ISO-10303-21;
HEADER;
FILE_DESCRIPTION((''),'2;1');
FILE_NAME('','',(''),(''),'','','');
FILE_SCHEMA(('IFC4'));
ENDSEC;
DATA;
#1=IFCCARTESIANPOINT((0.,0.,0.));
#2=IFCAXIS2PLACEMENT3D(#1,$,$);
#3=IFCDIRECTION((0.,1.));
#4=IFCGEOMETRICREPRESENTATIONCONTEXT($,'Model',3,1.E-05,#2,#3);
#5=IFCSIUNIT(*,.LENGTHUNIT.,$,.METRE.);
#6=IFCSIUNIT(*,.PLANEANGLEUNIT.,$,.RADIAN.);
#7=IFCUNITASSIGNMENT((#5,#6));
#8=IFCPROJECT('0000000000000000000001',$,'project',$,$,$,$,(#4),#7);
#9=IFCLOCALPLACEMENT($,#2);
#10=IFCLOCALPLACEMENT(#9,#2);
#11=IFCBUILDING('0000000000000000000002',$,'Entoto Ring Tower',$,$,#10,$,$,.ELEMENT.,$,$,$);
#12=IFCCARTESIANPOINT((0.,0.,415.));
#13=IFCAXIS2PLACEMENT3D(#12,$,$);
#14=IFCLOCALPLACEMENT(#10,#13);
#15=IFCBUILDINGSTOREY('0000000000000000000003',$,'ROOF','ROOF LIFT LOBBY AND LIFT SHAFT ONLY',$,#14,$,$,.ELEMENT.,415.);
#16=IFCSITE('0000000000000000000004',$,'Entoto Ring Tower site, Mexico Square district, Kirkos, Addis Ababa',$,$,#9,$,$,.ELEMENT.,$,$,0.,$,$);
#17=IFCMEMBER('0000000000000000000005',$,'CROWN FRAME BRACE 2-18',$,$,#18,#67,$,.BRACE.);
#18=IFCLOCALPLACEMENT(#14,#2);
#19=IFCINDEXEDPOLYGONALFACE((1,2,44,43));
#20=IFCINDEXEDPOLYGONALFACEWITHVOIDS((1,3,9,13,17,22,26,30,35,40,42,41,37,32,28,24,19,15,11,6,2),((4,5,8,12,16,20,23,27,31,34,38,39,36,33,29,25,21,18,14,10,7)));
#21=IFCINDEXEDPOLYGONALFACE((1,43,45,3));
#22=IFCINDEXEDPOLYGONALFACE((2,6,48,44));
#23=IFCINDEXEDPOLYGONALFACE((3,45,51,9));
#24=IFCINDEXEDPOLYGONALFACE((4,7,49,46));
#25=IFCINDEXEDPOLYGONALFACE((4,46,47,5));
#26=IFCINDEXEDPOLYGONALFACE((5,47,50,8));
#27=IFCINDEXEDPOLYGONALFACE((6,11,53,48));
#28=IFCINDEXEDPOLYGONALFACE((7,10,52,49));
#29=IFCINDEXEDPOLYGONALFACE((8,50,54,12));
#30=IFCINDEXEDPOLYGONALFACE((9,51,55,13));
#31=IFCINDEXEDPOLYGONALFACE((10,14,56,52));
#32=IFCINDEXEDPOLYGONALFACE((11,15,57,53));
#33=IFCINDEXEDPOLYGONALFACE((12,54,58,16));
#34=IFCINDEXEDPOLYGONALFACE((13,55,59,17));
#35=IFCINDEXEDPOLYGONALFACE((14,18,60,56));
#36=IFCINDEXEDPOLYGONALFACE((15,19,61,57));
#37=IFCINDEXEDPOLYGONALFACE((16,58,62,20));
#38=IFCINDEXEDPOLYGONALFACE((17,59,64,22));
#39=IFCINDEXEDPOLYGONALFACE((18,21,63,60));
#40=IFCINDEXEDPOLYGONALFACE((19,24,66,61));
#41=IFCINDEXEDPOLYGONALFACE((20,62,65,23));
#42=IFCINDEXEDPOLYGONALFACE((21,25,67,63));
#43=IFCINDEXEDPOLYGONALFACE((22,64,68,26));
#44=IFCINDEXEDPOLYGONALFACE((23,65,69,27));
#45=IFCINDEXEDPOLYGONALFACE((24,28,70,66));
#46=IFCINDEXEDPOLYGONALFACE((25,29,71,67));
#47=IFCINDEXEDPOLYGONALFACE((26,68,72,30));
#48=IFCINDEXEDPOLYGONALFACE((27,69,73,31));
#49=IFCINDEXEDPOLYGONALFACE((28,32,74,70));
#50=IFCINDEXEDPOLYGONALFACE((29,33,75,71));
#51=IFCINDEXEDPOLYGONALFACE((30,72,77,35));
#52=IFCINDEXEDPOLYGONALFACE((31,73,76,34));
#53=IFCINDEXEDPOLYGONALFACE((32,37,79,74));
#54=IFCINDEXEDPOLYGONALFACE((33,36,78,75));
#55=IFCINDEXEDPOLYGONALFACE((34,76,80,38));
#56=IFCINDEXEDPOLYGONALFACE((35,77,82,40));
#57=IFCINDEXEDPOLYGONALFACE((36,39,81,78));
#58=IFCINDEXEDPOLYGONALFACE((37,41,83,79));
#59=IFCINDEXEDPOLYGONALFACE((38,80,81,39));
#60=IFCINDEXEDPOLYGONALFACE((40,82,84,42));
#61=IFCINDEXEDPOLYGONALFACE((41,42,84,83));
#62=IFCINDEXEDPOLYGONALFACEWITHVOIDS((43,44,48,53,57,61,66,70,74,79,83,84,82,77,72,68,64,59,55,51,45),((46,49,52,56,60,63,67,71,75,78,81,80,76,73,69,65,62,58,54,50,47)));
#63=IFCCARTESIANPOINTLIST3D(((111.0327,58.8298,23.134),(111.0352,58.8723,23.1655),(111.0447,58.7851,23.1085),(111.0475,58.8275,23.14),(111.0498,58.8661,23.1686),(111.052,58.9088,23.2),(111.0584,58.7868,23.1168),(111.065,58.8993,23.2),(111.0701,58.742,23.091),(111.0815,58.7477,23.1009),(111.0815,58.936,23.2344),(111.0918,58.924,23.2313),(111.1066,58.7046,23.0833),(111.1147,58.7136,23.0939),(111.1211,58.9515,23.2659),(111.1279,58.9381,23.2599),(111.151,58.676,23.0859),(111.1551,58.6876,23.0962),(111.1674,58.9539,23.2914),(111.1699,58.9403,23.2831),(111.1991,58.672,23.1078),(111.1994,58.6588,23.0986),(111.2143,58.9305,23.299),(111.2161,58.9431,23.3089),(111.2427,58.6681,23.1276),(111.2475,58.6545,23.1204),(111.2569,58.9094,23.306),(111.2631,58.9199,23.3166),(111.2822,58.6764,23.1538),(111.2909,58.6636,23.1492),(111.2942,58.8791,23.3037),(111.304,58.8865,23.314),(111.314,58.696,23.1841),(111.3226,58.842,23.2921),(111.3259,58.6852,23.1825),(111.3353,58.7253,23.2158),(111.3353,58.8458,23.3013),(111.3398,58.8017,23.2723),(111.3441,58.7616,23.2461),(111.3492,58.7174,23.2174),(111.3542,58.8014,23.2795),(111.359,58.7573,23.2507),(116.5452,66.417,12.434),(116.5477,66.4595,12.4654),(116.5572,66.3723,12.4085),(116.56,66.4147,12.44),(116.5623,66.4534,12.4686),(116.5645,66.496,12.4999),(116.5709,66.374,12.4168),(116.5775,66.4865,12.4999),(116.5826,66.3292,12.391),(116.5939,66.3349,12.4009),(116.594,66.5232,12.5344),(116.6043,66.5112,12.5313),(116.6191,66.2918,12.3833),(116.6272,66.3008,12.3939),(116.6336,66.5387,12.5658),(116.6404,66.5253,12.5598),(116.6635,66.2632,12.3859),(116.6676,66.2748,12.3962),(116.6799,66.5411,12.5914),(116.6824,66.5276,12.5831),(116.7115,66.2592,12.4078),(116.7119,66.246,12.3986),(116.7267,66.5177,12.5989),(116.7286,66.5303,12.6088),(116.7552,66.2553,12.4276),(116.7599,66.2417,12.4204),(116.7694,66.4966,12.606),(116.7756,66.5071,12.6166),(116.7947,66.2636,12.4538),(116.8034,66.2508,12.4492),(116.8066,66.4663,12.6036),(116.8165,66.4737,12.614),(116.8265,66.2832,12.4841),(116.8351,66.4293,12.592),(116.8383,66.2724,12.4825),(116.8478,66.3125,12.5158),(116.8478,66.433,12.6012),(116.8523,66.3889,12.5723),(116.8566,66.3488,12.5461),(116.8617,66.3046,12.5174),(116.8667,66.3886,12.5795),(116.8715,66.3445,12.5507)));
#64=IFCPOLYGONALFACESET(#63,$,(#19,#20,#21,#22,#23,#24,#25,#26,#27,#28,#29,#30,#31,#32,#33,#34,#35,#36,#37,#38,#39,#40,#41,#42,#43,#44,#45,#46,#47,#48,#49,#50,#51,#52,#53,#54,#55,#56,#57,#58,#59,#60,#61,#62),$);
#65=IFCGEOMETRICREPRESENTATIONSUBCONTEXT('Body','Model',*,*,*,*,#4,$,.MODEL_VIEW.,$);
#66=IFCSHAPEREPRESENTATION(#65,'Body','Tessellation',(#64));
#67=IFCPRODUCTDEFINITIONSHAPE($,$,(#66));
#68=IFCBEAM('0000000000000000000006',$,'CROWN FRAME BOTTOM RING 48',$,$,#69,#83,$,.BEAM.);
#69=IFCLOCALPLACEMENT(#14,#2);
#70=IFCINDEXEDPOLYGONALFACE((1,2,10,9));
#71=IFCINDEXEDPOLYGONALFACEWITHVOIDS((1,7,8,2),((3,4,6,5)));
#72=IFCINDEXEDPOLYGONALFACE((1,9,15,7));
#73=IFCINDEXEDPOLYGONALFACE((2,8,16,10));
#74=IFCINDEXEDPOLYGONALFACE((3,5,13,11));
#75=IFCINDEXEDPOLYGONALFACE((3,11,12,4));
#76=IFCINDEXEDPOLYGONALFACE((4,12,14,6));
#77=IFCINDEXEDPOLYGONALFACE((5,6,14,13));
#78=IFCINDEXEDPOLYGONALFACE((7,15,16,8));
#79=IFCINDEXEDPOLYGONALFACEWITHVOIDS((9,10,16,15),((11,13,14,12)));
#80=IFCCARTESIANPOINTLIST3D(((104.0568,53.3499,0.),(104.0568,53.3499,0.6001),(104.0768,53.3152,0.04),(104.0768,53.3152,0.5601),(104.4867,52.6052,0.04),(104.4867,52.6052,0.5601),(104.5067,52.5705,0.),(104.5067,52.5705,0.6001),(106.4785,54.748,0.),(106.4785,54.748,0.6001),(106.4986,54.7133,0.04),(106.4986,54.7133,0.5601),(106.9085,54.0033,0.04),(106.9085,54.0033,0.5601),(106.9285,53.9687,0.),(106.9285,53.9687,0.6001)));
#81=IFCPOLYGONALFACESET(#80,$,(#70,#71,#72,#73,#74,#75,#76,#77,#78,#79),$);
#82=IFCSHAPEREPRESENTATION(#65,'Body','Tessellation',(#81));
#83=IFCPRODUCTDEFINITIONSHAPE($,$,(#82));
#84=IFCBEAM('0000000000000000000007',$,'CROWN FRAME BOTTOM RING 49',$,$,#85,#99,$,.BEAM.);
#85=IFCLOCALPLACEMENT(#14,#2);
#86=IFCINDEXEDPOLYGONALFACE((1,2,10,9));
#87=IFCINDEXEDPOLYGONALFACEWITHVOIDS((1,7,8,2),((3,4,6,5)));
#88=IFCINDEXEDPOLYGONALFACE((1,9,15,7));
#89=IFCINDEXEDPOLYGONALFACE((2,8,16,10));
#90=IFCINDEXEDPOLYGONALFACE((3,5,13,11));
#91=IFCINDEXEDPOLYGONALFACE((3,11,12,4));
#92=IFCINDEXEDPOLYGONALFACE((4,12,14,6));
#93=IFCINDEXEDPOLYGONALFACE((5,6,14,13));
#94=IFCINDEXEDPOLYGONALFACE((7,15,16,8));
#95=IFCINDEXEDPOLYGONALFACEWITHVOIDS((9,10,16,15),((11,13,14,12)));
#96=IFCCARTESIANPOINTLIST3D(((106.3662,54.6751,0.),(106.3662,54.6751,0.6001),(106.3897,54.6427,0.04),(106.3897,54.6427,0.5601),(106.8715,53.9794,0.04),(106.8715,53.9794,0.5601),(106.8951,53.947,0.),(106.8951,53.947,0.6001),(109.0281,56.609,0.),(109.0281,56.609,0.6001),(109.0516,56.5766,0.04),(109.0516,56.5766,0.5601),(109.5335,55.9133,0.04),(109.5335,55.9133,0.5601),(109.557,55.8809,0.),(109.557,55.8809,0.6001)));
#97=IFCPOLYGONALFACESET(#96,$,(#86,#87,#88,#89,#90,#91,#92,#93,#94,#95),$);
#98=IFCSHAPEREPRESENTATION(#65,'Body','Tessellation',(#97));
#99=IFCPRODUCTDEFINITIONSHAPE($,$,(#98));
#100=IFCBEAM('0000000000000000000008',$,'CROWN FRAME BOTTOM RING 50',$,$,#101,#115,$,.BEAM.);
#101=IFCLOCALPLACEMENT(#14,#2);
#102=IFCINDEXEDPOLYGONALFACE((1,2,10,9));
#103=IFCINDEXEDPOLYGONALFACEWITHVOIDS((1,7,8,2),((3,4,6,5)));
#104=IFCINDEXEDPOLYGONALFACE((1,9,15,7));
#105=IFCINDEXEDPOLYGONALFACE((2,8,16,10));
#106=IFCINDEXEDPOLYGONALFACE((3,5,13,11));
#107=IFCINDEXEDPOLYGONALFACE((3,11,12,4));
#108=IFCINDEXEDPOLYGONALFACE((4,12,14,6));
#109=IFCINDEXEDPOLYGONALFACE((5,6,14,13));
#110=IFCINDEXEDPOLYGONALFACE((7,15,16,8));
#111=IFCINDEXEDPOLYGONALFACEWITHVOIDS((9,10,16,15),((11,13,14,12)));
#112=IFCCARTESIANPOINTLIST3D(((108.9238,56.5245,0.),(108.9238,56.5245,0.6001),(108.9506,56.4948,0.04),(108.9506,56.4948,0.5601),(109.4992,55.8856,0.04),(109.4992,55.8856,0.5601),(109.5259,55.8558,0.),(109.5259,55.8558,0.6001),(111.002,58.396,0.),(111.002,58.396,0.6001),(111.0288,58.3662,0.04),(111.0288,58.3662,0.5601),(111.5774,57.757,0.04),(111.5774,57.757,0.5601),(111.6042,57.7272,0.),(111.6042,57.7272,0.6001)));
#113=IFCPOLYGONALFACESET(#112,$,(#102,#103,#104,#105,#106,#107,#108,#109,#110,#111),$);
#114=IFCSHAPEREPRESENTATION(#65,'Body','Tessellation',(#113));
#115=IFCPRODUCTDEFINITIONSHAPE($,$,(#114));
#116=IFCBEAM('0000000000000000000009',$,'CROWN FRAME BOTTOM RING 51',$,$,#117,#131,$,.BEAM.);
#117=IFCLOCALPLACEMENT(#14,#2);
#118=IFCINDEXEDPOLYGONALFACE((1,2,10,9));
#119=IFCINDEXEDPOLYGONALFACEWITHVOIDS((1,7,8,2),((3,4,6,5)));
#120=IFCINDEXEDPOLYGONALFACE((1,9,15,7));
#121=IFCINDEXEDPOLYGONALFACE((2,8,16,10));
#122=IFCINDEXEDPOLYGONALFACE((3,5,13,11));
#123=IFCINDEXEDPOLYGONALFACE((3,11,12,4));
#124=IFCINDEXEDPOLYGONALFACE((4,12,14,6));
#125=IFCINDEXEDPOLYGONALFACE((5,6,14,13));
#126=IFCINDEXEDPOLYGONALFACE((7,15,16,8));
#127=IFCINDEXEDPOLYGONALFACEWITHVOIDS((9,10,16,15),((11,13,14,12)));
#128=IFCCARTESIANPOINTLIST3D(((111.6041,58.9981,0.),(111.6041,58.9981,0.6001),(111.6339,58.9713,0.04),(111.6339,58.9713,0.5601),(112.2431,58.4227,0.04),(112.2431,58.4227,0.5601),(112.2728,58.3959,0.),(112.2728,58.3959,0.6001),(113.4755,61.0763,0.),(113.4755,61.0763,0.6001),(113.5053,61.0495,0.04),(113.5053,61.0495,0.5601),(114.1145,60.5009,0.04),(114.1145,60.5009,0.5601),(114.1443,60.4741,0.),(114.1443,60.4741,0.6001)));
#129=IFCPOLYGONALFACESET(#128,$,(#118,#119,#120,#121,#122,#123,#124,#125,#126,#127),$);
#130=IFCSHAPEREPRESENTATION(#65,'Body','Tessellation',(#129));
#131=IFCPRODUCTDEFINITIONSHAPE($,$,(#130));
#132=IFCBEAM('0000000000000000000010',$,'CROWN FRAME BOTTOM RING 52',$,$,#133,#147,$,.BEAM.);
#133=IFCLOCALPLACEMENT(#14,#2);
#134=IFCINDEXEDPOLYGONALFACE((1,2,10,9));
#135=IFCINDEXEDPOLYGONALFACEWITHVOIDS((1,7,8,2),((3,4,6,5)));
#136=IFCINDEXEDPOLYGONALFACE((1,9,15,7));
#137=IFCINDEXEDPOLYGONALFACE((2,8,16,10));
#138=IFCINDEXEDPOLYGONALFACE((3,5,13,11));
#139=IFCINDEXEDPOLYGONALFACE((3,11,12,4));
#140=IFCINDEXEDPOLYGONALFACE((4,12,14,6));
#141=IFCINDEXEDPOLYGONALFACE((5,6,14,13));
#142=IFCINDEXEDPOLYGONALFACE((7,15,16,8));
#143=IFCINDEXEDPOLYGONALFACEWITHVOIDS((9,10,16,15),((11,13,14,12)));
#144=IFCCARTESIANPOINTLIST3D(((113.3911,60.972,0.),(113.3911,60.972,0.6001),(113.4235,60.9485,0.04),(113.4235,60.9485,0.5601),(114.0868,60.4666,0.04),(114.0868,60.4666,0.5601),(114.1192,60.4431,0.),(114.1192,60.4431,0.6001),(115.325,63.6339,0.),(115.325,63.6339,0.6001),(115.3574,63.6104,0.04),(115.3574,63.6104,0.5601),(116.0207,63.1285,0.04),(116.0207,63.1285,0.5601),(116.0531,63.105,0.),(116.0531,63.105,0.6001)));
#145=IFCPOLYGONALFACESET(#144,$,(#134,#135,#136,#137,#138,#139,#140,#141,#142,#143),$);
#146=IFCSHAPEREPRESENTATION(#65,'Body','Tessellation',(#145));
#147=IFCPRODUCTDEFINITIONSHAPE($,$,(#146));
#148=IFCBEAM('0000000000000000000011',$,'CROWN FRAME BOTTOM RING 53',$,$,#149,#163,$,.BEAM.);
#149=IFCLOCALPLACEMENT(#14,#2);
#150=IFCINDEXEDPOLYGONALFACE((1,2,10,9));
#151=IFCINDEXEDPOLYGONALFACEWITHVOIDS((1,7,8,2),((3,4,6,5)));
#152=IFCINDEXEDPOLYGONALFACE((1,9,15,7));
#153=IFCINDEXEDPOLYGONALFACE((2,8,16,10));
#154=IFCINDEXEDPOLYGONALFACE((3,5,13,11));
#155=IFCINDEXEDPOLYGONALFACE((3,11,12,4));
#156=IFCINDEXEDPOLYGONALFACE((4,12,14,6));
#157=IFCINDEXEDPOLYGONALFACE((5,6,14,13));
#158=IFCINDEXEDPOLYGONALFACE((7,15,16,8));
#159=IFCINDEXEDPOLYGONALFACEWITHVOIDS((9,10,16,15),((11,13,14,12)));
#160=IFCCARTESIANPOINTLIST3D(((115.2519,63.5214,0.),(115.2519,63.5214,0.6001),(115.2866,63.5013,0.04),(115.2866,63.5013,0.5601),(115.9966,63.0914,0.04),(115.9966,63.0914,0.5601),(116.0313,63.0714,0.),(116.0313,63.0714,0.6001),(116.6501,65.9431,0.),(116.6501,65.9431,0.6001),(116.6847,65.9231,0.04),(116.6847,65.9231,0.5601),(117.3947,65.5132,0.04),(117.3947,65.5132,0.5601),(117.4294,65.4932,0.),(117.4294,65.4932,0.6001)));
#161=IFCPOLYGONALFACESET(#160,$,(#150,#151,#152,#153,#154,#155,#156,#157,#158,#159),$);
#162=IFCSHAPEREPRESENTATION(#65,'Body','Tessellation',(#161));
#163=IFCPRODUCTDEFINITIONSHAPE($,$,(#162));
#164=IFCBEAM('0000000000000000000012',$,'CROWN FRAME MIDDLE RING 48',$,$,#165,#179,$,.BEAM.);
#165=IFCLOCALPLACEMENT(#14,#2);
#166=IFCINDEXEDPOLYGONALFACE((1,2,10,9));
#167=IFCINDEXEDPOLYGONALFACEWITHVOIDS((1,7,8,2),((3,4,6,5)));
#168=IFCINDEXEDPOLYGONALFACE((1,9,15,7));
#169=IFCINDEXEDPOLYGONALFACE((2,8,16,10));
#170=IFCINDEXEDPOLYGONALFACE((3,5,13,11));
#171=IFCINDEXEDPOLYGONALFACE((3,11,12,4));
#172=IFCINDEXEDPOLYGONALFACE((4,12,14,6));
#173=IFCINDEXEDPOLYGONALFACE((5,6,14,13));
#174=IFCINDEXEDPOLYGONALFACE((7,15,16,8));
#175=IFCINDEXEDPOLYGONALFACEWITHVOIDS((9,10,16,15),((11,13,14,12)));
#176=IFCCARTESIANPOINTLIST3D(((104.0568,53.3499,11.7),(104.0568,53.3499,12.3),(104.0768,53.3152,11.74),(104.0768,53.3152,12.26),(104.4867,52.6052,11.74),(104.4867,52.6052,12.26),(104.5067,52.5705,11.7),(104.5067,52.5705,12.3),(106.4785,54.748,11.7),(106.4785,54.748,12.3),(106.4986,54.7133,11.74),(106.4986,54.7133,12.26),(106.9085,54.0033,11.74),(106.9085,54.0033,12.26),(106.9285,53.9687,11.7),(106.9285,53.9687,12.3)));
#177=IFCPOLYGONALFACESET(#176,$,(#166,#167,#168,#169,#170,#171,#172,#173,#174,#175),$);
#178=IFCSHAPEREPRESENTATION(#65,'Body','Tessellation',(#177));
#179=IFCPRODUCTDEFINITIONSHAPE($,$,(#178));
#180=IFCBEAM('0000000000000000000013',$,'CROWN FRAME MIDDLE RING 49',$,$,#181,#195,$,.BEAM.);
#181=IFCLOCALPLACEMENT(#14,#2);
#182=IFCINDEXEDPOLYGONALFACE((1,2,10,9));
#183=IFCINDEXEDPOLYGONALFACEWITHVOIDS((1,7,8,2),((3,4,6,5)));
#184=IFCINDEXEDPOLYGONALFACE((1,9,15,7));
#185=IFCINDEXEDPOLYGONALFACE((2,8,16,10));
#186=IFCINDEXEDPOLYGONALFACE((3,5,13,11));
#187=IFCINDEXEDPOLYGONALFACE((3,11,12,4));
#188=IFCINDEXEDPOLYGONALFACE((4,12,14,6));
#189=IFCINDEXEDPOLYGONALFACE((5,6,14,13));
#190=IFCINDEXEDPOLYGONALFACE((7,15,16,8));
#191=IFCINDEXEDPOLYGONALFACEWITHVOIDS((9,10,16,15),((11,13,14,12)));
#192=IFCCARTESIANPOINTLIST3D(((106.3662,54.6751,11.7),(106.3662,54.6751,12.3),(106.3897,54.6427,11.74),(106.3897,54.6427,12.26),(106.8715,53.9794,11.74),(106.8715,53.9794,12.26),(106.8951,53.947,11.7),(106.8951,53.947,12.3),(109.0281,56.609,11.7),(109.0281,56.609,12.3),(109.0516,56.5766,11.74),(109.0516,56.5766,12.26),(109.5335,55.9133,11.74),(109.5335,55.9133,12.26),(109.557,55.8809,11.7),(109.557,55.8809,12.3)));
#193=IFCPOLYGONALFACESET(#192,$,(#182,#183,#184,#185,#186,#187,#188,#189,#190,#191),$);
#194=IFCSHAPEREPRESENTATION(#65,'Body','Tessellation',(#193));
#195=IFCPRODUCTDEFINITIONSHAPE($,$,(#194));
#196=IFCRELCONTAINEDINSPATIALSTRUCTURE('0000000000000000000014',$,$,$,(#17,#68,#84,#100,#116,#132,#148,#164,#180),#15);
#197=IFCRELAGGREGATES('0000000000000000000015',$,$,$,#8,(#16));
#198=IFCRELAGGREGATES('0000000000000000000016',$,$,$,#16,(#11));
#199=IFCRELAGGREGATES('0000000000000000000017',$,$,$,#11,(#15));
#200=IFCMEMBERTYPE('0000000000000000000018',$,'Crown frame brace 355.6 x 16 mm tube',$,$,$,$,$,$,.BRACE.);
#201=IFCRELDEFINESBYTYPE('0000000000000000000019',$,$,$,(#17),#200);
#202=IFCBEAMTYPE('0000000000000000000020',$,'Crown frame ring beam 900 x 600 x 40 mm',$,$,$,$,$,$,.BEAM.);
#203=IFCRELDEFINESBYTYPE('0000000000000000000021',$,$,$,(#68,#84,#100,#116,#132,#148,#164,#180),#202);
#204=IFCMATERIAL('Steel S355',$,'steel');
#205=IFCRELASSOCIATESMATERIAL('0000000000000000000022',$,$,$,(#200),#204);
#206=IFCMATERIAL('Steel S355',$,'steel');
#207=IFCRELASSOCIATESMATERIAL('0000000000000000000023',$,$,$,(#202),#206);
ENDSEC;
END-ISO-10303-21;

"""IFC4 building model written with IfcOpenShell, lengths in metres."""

from ifc_helpers import new_model, si_unit, direction, frame, origin, origin_2d, place, context, subcontext, project, spatial, hollow_rectangle, hollow_circle, extrude, material, material_profile, profile_set, type_object, element, save


model = new_model("IFC4")

# Units and contexts
model_context = context("Model", 3, precision=1e-05, world=origin(), true_north=direction((0.0, 1.0)))
body_context = subcontext(model_context, "Body", "Model", "MODEL_VIEW")
ifc_project = project(units=[si_unit("LENGTHUNIT", "METRE"), si_unit("PLANEANGLEUNIT", "RADIAN")], contexts=[model_context])

# Site, building, storey
site_placement = place(None, origin())
site = spatial("IfcSite", under=ifc_project, at=site_placement, Name="Entoto Ring Tower site, Mexico Square district, Kirkos, Addis Ababa", CompositionType="ELEMENT", RefElevation=0.0)
building_placement = place(site_placement, origin())
building = spatial("IfcBuilding", under=site, at=building_placement, Name="Entoto Ring Tower", CompositionType="ELEMENT")
storey_placement = place(building_placement, frame((0.0, 0.0, 415.0)))
storey = spatial("IfcBuildingStorey", under=building, at=storey_placement, Name="ROOF", Description="ROOF LIFT LOBBY AND LIFT SHAFT ONLY", CompositionType="ELEMENT", Elevation=415.0)

# Member
ifc_material_1 = material(Name="Steel S355", Category="steel")
ifc_material_profile_1 = material_profile(ifc_material_1, hollow_circle(Radius=0.1775, WallThickness=0.0161, at=origin_2d()), Name="Crown frame brace 355.6 x 16 mm tube")
ifc_profile_set_1 = profile_set([ifc_material_profile_1], Name="Steel S355")
member_type_1 = type_object("IfcMemberType", Name="Crown frame brace 355.6 x 16 mm tube", PredefinedType="BRACE", material=ifc_profile_set_1)
for number, where, z_axis, x_axis, name in (
    (1, (111.1956, 58.8044, 23.2), (0.387432, 0.533249, -0.752025), (-0.809014, 0.587789, 0.0), "CROWN FRAME BRACE 2-18"),
):
    element("IfcMember", number, at=place(storey_placement, frame(where, z_axis=z_axis, x_axis=x_axis)), inside=storey, type_object=member_type_1, Name=name, PredefinedType="BRACE", context=body_context, shape_type="SweptSolid", body=[
        extrude(hollow_circle(Radius=0.1775, WallThickness=0.0161, at=origin_2d()), origin(), (0.0, 0.0, 1.0), 14.2283),
    ])

# Beams
ifc_material_2 = material(Name="Steel S355", Category="steel")
ifc_material_profile_2 = material_profile(ifc_material_2, hollow_rectangle(XDim=0.8999, YDim=0.6001, WallThickness=0.04, at=origin_2d()), Name="Crown frame ring beam 900 x 600 x 40 mm")
ifc_profile_set_2 = profile_set([ifc_material_profile_2], Name="Steel S355")
beam_type_1 = type_object("IfcBeamType", Name="Crown frame ring beam 900 x 600 x 40 mm", PredefinedType="BEAM", material=ifc_profile_set_2)
beam_1_placement = place(storey_placement, frame((104.2817, 52.9602, 0.3), z_axis=(0.866037, 0.499979, 0.0), x_axis=(-0.499979, 0.866037, 0.0)))
element("IfcBeam", 2, at=beam_1_placement, inside=storey, type_object=beam_type_1, Name="CROWN FRAME BOTTOM RING 48", PredefinedType="BEAM", context=body_context, shape_type="SweptSolid", body=[
    extrude(hollow_rectangle(XDim=0.8999, YDim=0.6001, WallThickness=0.04, at=origin_2d()), origin(), (0.0, 0.0, 1.0), 2.7964),
])
beam_2_placement = place(storey_placement, frame((106.6306, 54.311, 0.3), z_axis=(0.809034, 0.587761, 0.0), x_axis=(-0.587761, 0.809034, 0.0)))
element("IfcBeam", 3, at=beam_2_placement, inside=storey, type_object=beam_type_1, Name="CROWN FRAME BOTTOM RING 49", PredefinedType="BEAM", context=body_context, shape_type="SweptSolid", body=[
    extrude(hollow_rectangle(XDim=0.8999, YDim=0.6001, WallThickness=0.04, at=origin_2d()), origin(), (0.0, 0.0, 1.0), 3.2903),
])
for number, where, z_axis, x_axis, name in (
    (4, (109.2249, 56.1902, 0.3), (0.743112, 0.669167, 0.0), (-0.669167, 0.743112, 0.0), "CROWN FRAME BOTTOM RING 50"),
    (5, (111.9385, 58.697, 0.3), (0.669167, 0.743112, 0.0), (-0.743112, 0.669167, 0.0), "CROWN FRAME BOTTOM RING 51"),
):
    element("IfcBeam", number, at=place(storey_placement, frame(where, z_axis=z_axis, x_axis=x_axis)), inside=storey, type_object=beam_type_1, Name=name, PredefinedType="BEAM", context=body_context, shape_type="SweptSolid", body=[
        extrude(hollow_rectangle(XDim=0.8999, YDim=0.6001, WallThickness=0.04, at=origin_2d()), origin(), (0.0, 0.0, 1.0), 2.7966),
    ])
beam_3_placement = place(storey_placement, frame((113.7551, 60.7075, 0.3), z_axis=(0.587761, 0.809034, 0.0), x_axis=(-0.809034, 0.587761, 0.0)))
element("IfcBeam", 6, at=beam_3_placement, inside=storey, type_object=beam_type_1, Name="CROWN FRAME BOTTOM RING 52", PredefinedType="BEAM", context=body_context, shape_type="SweptSolid", body=[
    extrude(hollow_rectangle(XDim=0.8999, YDim=0.6001, WallThickness=0.04, at=origin_2d()), origin(), (0.0, 0.0, 1.0), 3.2903),
])
for number, where, z_axis, x_axis, name in (
    (7, (115.6416, 63.2964, 0.3), (0.499979, 0.866037, 0.0), (-0.866037, 0.499979, 0.0), "CROWN FRAME BOTTOM RING 53"),
    (8, (104.2817, 52.9602, 12.0), (0.866037, 0.499979, 0.0), (-0.499979, 0.866037, 0.0), "CROWN FRAME MIDDLE RING 48"),
):
    element("IfcBeam", number, at=place(storey_placement, frame(where, z_axis=z_axis, x_axis=x_axis)), inside=storey, type_object=beam_type_1, Name=name, PredefinedType="BEAM", context=body_context, shape_type="SweptSolid", body=[
        extrude(hollow_rectangle(XDim=0.8999, YDim=0.6001, WallThickness=0.04, at=origin_2d()), origin(), (0.0, 0.0, 1.0), 2.7964),
    ])
beam_4_placement = place(storey_placement, frame((106.6306, 54.311, 12.0), z_axis=(0.809034, 0.587761, 0.0), x_axis=(-0.587761, 0.809034, 0.0)))
element("IfcBeam", 9, at=beam_4_placement, inside=storey, type_object=beam_type_1, Name="CROWN FRAME MIDDLE RING 49", PredefinedType="BEAM", context=body_context, shape_type="SweptSolid", body=[
    extrude(hollow_rectangle(XDim=0.8999, YDim=0.6001, WallThickness=0.04, at=origin_2d()), origin(), (0.0, 0.0, 1.0), 3.2903),
])

save(model, "model.ifc")
